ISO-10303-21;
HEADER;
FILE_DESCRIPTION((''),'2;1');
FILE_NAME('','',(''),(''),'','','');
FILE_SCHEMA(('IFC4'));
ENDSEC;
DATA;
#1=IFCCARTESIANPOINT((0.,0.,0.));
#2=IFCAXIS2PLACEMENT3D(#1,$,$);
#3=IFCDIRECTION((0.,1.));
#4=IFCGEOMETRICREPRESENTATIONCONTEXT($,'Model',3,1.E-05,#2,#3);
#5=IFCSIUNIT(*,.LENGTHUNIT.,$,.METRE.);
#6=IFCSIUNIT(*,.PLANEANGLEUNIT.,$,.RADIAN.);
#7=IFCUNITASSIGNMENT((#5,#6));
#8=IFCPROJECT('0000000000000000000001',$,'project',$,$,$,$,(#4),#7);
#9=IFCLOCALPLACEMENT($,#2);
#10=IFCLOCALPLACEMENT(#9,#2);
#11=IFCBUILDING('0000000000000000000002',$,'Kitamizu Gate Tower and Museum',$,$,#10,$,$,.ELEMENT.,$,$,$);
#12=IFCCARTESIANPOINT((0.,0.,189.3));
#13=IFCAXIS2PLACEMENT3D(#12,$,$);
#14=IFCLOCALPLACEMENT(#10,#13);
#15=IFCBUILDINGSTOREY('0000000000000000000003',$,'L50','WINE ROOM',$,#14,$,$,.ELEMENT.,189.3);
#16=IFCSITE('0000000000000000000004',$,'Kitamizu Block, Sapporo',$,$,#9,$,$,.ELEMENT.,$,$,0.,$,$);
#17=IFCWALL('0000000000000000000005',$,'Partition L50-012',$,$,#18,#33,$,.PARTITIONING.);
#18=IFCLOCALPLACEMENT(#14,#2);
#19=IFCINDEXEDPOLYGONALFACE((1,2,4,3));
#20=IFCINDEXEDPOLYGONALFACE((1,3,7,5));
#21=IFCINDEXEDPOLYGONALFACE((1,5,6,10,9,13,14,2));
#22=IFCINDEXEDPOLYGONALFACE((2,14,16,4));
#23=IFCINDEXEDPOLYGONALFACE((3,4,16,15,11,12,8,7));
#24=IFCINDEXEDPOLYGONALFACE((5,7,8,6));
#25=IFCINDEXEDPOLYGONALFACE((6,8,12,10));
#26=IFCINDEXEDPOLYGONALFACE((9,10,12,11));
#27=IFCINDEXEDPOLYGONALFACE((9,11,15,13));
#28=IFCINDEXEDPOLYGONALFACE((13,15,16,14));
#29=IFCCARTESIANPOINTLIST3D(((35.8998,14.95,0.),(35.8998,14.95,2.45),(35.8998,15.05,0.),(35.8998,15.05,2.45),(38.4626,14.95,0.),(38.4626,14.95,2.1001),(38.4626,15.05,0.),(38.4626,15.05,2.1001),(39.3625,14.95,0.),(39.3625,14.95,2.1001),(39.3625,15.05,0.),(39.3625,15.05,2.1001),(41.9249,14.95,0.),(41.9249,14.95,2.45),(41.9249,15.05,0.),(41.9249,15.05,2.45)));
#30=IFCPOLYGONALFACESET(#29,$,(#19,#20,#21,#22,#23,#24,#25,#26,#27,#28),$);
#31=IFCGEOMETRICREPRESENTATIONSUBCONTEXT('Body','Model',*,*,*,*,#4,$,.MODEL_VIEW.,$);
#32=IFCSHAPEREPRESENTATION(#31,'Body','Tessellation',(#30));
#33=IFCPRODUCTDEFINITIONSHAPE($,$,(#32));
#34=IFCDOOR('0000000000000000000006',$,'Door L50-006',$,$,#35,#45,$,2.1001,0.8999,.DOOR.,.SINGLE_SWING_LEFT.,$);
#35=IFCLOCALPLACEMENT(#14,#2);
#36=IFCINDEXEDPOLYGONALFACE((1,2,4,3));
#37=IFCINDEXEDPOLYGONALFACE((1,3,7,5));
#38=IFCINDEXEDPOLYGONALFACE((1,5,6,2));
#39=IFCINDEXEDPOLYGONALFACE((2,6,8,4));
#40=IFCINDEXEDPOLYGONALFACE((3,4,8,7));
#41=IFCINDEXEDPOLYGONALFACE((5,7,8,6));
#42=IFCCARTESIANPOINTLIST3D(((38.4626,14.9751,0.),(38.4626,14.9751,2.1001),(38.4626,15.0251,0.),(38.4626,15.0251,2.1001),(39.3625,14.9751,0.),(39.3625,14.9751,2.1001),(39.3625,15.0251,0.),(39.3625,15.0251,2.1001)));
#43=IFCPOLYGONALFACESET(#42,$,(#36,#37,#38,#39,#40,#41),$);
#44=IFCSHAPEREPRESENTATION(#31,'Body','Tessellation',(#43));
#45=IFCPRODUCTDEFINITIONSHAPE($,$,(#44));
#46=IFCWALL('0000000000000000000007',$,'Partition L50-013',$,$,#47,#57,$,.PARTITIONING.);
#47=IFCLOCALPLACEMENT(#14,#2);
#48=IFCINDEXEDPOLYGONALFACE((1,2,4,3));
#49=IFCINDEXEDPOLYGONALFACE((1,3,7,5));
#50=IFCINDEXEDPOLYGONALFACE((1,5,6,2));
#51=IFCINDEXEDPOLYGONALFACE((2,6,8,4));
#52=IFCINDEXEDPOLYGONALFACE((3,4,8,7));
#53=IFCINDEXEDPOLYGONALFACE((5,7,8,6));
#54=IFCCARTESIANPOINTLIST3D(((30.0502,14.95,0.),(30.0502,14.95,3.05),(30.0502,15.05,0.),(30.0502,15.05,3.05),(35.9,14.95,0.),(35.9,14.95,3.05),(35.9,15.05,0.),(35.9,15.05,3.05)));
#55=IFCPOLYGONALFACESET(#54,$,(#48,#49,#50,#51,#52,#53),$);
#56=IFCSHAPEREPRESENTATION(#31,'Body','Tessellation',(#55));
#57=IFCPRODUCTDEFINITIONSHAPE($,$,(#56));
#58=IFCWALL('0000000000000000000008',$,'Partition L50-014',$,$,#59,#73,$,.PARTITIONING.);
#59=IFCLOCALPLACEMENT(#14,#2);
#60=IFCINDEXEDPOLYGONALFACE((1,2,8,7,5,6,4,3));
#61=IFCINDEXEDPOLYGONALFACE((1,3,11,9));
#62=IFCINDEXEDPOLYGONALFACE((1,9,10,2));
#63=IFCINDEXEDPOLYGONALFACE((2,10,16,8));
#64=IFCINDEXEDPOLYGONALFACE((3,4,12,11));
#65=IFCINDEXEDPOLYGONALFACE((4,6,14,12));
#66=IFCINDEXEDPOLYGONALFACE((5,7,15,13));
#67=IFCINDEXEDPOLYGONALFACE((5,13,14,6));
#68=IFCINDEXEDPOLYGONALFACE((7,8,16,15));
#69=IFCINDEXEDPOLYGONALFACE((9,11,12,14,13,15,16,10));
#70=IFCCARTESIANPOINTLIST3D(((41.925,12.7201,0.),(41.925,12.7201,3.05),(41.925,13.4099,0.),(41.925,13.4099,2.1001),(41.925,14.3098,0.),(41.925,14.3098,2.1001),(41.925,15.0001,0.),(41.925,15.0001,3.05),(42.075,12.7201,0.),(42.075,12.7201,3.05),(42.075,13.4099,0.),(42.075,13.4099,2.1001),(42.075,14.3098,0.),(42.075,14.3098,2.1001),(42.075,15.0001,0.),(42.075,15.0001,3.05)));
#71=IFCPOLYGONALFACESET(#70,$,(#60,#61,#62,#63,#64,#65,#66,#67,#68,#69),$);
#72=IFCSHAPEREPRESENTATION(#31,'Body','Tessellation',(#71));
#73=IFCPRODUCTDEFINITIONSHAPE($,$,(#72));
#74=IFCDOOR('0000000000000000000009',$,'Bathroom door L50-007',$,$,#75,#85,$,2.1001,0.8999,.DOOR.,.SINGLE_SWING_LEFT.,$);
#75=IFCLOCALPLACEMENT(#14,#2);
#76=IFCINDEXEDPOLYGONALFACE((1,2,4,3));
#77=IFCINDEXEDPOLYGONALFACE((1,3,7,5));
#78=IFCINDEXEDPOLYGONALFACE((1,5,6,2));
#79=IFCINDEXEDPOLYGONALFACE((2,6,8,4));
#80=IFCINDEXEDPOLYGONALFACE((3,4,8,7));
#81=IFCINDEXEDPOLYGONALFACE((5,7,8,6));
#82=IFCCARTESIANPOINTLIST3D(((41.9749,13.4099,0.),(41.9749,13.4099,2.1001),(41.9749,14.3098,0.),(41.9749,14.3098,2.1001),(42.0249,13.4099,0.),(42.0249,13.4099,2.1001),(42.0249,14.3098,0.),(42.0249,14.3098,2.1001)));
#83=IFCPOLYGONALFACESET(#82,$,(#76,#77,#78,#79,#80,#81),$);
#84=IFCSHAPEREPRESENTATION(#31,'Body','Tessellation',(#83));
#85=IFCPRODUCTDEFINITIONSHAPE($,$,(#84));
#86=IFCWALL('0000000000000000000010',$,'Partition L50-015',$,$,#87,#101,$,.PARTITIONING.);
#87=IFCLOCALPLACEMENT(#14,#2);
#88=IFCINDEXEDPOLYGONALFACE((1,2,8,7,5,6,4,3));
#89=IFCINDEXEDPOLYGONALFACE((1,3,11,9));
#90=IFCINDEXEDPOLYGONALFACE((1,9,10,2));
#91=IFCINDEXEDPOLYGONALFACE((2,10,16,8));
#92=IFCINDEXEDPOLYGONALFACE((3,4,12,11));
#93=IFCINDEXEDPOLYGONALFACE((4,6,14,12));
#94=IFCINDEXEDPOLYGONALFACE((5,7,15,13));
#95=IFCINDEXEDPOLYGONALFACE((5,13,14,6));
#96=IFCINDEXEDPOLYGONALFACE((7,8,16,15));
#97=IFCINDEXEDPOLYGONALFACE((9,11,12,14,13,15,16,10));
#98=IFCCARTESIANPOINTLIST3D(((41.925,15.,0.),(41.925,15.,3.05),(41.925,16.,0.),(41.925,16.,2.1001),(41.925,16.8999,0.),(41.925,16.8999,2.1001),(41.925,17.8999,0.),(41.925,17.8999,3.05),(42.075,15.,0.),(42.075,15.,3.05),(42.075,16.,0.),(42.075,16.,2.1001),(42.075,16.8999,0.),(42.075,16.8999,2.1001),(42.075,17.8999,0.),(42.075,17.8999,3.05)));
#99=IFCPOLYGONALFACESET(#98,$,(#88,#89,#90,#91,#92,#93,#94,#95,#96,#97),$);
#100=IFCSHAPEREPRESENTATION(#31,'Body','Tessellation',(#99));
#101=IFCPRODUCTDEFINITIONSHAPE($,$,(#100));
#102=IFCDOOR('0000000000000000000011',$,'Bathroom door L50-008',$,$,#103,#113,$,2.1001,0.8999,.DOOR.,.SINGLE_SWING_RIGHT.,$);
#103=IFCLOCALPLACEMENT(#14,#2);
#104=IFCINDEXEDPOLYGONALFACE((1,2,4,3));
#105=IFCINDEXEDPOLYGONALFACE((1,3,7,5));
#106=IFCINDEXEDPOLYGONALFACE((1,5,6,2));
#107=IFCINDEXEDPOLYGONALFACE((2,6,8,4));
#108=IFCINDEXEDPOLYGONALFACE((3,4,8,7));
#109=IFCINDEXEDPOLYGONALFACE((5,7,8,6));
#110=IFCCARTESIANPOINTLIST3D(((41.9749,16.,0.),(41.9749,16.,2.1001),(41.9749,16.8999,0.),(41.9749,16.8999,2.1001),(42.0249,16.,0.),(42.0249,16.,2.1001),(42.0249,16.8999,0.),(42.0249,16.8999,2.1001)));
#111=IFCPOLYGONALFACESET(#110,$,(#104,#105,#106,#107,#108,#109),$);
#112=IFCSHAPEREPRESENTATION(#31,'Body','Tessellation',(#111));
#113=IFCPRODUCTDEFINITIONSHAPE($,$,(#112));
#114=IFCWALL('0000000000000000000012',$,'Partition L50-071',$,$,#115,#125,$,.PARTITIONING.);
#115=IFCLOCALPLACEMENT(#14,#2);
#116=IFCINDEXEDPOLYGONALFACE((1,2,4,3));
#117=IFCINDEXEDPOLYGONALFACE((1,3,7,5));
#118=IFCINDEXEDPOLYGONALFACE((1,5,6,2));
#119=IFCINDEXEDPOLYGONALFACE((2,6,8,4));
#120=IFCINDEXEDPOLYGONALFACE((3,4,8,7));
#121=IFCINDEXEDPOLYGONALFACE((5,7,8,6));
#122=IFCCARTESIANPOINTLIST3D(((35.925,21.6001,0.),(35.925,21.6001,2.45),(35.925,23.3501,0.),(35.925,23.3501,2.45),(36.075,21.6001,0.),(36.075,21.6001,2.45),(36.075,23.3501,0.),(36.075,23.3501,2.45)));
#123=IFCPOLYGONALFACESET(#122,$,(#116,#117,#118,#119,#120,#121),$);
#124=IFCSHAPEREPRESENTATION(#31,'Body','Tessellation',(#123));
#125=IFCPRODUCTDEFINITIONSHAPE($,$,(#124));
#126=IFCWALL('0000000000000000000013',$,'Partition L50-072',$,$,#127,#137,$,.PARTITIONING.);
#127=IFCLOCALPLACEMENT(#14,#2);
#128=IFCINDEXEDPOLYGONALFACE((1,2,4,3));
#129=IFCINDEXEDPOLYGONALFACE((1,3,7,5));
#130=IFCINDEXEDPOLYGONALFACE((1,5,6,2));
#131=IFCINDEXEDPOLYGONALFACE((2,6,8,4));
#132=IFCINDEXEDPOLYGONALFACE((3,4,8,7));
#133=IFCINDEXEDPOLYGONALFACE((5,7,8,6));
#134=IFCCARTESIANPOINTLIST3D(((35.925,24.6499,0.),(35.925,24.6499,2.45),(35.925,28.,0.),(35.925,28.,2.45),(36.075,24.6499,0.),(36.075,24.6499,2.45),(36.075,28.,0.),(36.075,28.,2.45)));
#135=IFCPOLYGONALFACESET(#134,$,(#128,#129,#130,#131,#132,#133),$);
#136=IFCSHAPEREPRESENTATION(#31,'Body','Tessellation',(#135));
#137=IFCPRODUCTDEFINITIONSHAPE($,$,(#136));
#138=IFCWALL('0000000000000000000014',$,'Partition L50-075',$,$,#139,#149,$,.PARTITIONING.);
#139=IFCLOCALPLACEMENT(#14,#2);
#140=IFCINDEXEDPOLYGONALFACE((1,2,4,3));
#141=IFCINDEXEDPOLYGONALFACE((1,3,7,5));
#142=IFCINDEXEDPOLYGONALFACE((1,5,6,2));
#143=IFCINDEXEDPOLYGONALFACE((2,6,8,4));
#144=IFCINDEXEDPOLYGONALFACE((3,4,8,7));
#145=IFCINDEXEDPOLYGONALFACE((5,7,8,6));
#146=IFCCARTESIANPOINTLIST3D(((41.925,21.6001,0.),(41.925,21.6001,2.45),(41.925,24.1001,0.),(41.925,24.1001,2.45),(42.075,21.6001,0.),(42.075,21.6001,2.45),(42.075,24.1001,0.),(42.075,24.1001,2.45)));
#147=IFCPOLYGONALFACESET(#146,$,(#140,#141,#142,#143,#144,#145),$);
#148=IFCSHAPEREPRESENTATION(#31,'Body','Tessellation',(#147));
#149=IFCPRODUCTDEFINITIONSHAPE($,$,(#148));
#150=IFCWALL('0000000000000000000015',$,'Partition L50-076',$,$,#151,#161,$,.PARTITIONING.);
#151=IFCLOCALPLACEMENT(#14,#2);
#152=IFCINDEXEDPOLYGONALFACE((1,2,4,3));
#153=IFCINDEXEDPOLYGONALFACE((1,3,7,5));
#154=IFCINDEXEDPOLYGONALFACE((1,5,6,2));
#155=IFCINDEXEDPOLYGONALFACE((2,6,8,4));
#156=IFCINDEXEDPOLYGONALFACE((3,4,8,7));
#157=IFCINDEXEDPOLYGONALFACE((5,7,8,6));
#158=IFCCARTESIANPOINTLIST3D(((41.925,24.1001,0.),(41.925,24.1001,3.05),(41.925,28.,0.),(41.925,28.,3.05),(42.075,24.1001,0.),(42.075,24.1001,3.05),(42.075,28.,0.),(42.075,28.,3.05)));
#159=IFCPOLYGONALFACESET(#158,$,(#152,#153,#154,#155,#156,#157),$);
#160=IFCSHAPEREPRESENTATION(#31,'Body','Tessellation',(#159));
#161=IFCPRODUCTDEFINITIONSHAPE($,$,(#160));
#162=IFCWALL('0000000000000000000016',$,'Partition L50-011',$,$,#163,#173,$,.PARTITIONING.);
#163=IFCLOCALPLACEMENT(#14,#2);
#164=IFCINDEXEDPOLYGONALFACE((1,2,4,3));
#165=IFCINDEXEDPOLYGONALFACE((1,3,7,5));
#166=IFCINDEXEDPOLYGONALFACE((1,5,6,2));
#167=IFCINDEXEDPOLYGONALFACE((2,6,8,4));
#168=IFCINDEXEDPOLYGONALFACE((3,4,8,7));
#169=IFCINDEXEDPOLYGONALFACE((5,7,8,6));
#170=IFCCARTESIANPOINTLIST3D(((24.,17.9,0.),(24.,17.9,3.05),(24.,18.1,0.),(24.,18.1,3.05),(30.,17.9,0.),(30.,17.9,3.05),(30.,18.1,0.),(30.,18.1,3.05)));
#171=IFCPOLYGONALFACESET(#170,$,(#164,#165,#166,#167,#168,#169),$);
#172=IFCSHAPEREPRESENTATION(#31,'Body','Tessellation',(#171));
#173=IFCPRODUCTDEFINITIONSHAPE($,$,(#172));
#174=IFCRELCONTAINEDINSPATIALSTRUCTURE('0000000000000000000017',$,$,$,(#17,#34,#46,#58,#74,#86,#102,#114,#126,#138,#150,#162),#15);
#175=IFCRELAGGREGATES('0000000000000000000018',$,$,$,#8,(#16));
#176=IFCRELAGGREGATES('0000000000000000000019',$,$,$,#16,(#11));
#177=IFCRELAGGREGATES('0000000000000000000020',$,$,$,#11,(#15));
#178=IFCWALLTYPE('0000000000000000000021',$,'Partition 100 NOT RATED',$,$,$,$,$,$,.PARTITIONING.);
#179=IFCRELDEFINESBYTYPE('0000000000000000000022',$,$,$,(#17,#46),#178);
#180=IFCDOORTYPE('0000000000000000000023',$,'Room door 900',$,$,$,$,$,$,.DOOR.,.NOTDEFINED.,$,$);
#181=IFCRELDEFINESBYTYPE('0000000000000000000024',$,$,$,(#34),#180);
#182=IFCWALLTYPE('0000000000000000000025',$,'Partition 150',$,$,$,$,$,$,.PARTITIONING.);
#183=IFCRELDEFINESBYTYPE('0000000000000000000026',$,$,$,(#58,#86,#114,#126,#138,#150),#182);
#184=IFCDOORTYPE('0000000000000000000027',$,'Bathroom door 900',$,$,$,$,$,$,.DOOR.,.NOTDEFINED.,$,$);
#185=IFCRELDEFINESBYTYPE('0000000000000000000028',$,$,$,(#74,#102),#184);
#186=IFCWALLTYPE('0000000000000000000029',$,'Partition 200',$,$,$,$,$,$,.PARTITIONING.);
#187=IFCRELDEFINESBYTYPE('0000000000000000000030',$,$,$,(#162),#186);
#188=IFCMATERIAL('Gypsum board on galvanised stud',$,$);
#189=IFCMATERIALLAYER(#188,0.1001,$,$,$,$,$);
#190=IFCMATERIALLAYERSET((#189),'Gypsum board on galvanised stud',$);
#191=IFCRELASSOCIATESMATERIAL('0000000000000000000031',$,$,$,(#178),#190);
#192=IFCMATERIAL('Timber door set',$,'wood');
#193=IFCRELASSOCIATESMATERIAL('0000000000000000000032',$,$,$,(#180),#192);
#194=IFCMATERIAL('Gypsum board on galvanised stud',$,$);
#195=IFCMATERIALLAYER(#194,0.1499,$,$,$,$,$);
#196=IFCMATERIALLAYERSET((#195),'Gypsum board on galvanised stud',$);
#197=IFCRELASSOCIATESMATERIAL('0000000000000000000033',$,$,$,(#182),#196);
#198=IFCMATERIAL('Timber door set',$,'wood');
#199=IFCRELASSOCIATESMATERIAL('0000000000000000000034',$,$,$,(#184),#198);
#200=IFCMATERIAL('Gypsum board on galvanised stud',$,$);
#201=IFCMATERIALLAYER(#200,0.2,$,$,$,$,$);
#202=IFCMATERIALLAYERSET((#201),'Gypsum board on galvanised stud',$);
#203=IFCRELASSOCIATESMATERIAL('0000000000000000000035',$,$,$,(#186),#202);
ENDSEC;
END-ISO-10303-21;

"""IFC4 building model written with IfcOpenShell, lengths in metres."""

from ifc_helpers import new_model, si_unit, direction, frame, frame_2d, origin, place, context, subcontext, project, spatial, rectangle, extrude, material, layer, layer_set, type_object, element, fill, save


model = new_model("IFC4")

# Units and contexts
model_context = context("Model", 3, precision=1e-05, world=origin(), true_north=direction((0.0, 1.0)))
body_context = subcontext(model_context, "Body", "Model", "MODEL_VIEW")
ifc_project = project(units=[si_unit("LENGTHUNIT", "METRE"), si_unit("PLANEANGLEUNIT", "RADIAN")], contexts=[model_context])

# Site, building, storey
site_placement = place(None, origin())
site = spatial("IfcSite", under=ifc_project, at=site_placement, Name="Kitamizu Block, Sapporo", CompositionType="ELEMENT", RefElevation=0.0)
building_placement = place(site_placement, origin())
building = spatial("IfcBuilding", under=site, at=building_placement, Name="Kitamizu Gate Tower and Museum", CompositionType="ELEMENT")
storey_placement = place(building_placement, frame((0.0, 0.0, 189.3)))
storey = spatial("IfcBuildingStorey", under=building, at=storey_placement, Name="L50", Description="WINE ROOM", CompositionType="ELEMENT", Elevation=189.3)

# Shared definitions
ifc_material_1 = material(Name="Gypsum board on galvanised stud")
ifc_layer_1 = layer(ifc_material_1, 0.1001)
ifc_layer_set_1 = layer_set([ifc_layer_1], Name="Gypsum board on galvanised stud")
wall_type_1 = type_object("IfcWallType", Name="Partition 100 NOT RATED", PredefinedType="PARTITIONING", material=ifc_layer_set_1)
ifc_material_2 = material(Name="Timber door set", Category="wood")
door_type_1 = type_object("IfcDoorType", Name="Room door 900", OperationType="NOTDEFINED", PredefinedType="DOOR", material=ifc_material_2)

# Wall, opening, door
wall_1_placement = place(storey_placement, frame((41.925, 15.0, 0.0), z_axis=(0.0, 0.0, 1.0), x_axis=(-1.0, 0.0, 0.0)))
wall_1 = element("IfcWall", 1, at=wall_1_placement, inside=storey, type_object=wall_type_1, Name="Partition L50-012", PredefinedType="PARTITIONING", context=body_context, shape_type="SweptSolid", body=[
    extrude(rectangle(XDim=6.0251, YDim=0.1001, at=frame_2d((3.0127, 0.0))), origin(), (0.0, 0.0, 1.0), 2.45),
])
opening_1_placement = place(wall_1_placement, frame((2.5625, 0.0, 0.0)))
opening_1 = element("IfcOpeningElement", 2, at=opening_1_placement, cuts=wall_1, PredefinedType="OPENING", context=body_context, shape_type="SweptSolid", body=[
    extrude(rectangle(XDim=0.8999, YDim=2.1001, at=frame_2d((0.45, 1.05))), frame((0.0, 0.0601, 0.0), z_axis=(0.0, -1.0, 0.0), x_axis=(1.0, 0.0, 0.0)), (0.0, 0.0, 1.0), 0.1201),
])
door_1_placement = place(opening_1_placement, origin())
door_1 = element("IfcDoor", 3, at=door_1_placement, inside=storey, type_object=door_type_1, Name="Door L50-006", OperationType="SINGLE_SWING_LEFT", OverallHeight=2.1001, OverallWidth=0.8999, PredefinedType="DOOR", context=body_context, shape_type="SweptSolid", body=[
    extrude(rectangle(XDim=0.8999, YDim=2.1001, at=frame_2d((0.45, 1.05))), frame((0.0, 0.0249, 0.0), z_axis=(0.0, -1.0, 0.0), x_axis=(1.0, 0.0, 0.0)), (0.0, 0.0, 1.0), 0.05),
])
fill(opening_1, door_1)

# Wall
wall_2_placement = place(storey_placement, frame((35.8999, 15.0, 0.0), z_axis=(0.0, 0.0, 1.0), x_axis=(-1.0, 0.0, 0.0)))
element("IfcWall", 4, at=wall_2_placement, inside=storey, type_object=wall_type_1, Name="Partition L50-013", PredefinedType="PARTITIONING", context=body_context, shape_type="SweptSolid", body=[
    extrude(rectangle(XDim=5.8499, YDim=0.1001, at=frame_2d((2.9248, 0.0))), origin(), (0.0, 0.0, 1.0), 3.05),
])

# Walls, openings, doors
ifc_material_3 = material(Name="Gypsum board on galvanised stud")
ifc_layer_2 = layer(ifc_material_3, 0.1499)
ifc_layer_set_2 = layer_set([ifc_layer_2], Name="Gypsum board on galvanised stud")
wall_type_2 = type_object("IfcWallType", Name="Partition 150", PredefinedType="PARTITIONING", material=ifc_layer_set_2)
wall_3_placement = place(storey_placement, frame((42.0, 12.72, 0.0), z_axis=(0.0, 0.0, 1.0), x_axis=(0.0, 1.0, 0.0)))
wall_3 = element("IfcWall", 5, at=wall_3_placement, inside=storey, type_object=wall_type_2, Name="Partition L50-014", PredefinedType="PARTITIONING", context=body_context, shape_type="SweptSolid", body=[
    extrude(rectangle(XDim=2.28, YDim=0.1499, at=frame_2d((1.1401, 0.0))), origin(), (0.0, 0.0, 1.0), 3.05),
])
opening_2_placement = place(wall_3_placement, frame((0.6899, 0.0, 0.0)))
opening_2 = element("IfcOpeningElement", 6, at=opening_2_placement, cuts=wall_3, PredefinedType="OPENING", context=body_context, shape_type="SweptSolid", body=[
    extrude(rectangle(XDim=0.8999, YDim=2.1001, at=frame_2d((0.45, 1.05))), frame((0.0, 0.085, 0.0), z_axis=(0.0, -1.0, 0.0), x_axis=(1.0, 0.0, 0.0)), (0.0, 0.0, 1.0), 0.1699),
])
ifc_material_4 = material(Name="Timber door set", Category="wood")
door_type_2 = type_object("IfcDoorType", Name="Bathroom door 900", OperationType="NOTDEFINED", PredefinedType="DOOR", material=ifc_material_4)
door_2_placement = place(opening_2_placement, frame((0.8999, 0.0, 0.0), x_axis=(-1.0, 0.0, 0.0)))
door_2 = element("IfcDoor", 7, at=door_2_placement, inside=storey, type_object=door_type_2, Name="Bathroom door L50-007", OperationType="SINGLE_SWING_LEFT", OverallHeight=2.1001, OverallWidth=0.8999, PredefinedType="DOOR", context=body_context, shape_type="SweptSolid", body=[
    extrude(rectangle(XDim=0.8999, YDim=2.1001, at=frame_2d((0.45, 1.05))), frame((0.0, 0.0249, 0.0), z_axis=(0.0, -1.0, 0.0), x_axis=(1.0, 0.0, 0.0)), (0.0, 0.0, 1.0), 0.05),
])
fill(opening_2, door_2)
wall_4_placement = place(storey_placement, frame((42.0, 15.0, 0.0), z_axis=(0.0, 0.0, 1.0), x_axis=(0.0, 1.0, 0.0)))
wall_4 = element("IfcWall", 8, at=wall_4_placement, inside=storey, type_object=wall_type_2, Name="Partition L50-015", PredefinedType="PARTITIONING", context=body_context, shape_type="SweptSolid", body=[
    extrude(rectangle(XDim=2.8999, YDim=0.1499, at=frame_2d((1.45, 0.0))), origin(), (0.0, 0.0, 1.0), 3.05),
])
opening_3_placement = place(wall_4_placement, frame((1.0, 0.0, 0.0)))
opening_3 = element("IfcOpeningElement", 9, at=opening_3_placement, cuts=wall_4, PredefinedType="OPENING", context=body_context, shape_type="SweptSolid", body=[
    extrude(rectangle(XDim=0.8999, YDim=2.1001, at=frame_2d((0.45, 1.05))), frame((0.0, 0.085, 0.0), z_axis=(0.0, -1.0, 0.0), x_axis=(1.0, 0.0, 0.0)), (0.0, 0.0, 1.0), 0.1699),
])
door_3_placement = place(opening_3_placement, frame((0.8999, 0.0, 0.0), x_axis=(-1.0, 0.0, 0.0)))
door_3 = element("IfcDoor", 10, at=door_3_placement, inside=storey, type_object=door_type_2, Name="Bathroom door L50-008", OperationType="SINGLE_SWING_RIGHT", OverallHeight=2.1001, OverallWidth=0.8999, PredefinedType="DOOR", context=body_context, shape_type="SweptSolid", body=[
    extrude(rectangle(XDim=0.8999, YDim=2.1001, at=frame_2d((0.45, 1.05))), frame((0.0, 0.0249, 0.0), z_axis=(0.0, -1.0, 0.0), x_axis=(1.0, 0.0, 0.0)), (0.0, 0.0, 1.0), 0.05),
])
fill(opening_3, door_3)

# Walls
wall_5_placement = place(storey_placement, frame((36.0, 21.6001, 0.0), z_axis=(0.0, 0.0, 1.0), x_axis=(0.0, 1.0, 0.0)))
element("IfcWall", 11, at=wall_5_placement, inside=storey, type_object=wall_type_2, Name="Partition L50-071", PredefinedType="PARTITIONING", context=body_context, shape_type="SweptSolid", body=[
    extrude(rectangle(XDim=1.75, YDim=0.1499, at=frame_2d((0.875, 0.0))), origin(), (0.0, 0.0, 1.0), 2.45),
])
wall_6_placement = place(storey_placement, frame((36.0, 24.6499, 0.0), z_axis=(0.0, 0.0, 1.0), x_axis=(0.0, 1.0, 0.0)))
element("IfcWall", 12, at=wall_6_placement, inside=storey, type_object=wall_type_2, Name="Partition L50-072", PredefinedType="PARTITIONING", context=body_context, shape_type="SweptSolid", body=[
    extrude(rectangle(XDim=3.3501, YDim=0.1499, at=frame_2d((1.675, 0.0))), origin(), (0.0, 0.0, 1.0), 2.45),
])
wall_7_placement = place(storey_placement, frame((42.0, 21.6001, 0.0), z_axis=(0.0, 0.0, 1.0), x_axis=(0.0, 1.0, 0.0)))
element("IfcWall", 13, at=wall_7_placement, inside=storey, type_object=wall_type_2, Name="Partition L50-075", PredefinedType="PARTITIONING", context=body_context, shape_type="SweptSolid", body=[
    extrude(rectangle(XDim=2.5, YDim=0.1499, at=frame_2d((1.25, 0.0))), origin(), (0.0, 0.0, 1.0), 2.45),
])
wall_8_placement = place(storey_placement, frame((42.0, 24.1001, 0.0), z_axis=(0.0, 0.0, 1.0), x_axis=(0.0, 1.0, 0.0)))
element("IfcWall", 14, at=wall_8_placement, inside=storey, type_object=wall_type_2, Name="Partition L50-076", PredefinedType="PARTITIONING", context=body_context, shape_type="SweptSolid", body=[
    extrude(rectangle(XDim=3.8999, YDim=0.1499, at=frame_2d((1.95, 0.0))), origin(), (0.0, 0.0, 1.0), 3.05),
])
ifc_material_5 = material(Name="Gypsum board on galvanised stud")
ifc_layer_3 = layer(ifc_material_5, 0.2)
ifc_layer_set_3 = layer_set([ifc_layer_3], Name="Gypsum board on galvanised stud")
wall_type_3 = type_object("IfcWallType", Name="Partition 200", PredefinedType="PARTITIONING", material=ifc_layer_set_3)
wall_9_placement = place(storey_placement, frame((30.0, 18.0, 0.0), z_axis=(0.0, 0.0, 1.0), x_axis=(-1.0, 0.0, 0.0)))
element("IfcWall", 15, at=wall_9_placement, inside=storey, type_object=wall_type_3, Name="Partition L50-011", PredefinedType="PARTITIONING", context=body_context, shape_type="SweptSolid", body=[
    extrude(rectangle(XDim=6.0, YDim=0.2, at=frame_2d((3.0, 0.0))), origin(), (0.0, 0.0, 1.0), 3.05),
])

save(model, "model.ifc")
